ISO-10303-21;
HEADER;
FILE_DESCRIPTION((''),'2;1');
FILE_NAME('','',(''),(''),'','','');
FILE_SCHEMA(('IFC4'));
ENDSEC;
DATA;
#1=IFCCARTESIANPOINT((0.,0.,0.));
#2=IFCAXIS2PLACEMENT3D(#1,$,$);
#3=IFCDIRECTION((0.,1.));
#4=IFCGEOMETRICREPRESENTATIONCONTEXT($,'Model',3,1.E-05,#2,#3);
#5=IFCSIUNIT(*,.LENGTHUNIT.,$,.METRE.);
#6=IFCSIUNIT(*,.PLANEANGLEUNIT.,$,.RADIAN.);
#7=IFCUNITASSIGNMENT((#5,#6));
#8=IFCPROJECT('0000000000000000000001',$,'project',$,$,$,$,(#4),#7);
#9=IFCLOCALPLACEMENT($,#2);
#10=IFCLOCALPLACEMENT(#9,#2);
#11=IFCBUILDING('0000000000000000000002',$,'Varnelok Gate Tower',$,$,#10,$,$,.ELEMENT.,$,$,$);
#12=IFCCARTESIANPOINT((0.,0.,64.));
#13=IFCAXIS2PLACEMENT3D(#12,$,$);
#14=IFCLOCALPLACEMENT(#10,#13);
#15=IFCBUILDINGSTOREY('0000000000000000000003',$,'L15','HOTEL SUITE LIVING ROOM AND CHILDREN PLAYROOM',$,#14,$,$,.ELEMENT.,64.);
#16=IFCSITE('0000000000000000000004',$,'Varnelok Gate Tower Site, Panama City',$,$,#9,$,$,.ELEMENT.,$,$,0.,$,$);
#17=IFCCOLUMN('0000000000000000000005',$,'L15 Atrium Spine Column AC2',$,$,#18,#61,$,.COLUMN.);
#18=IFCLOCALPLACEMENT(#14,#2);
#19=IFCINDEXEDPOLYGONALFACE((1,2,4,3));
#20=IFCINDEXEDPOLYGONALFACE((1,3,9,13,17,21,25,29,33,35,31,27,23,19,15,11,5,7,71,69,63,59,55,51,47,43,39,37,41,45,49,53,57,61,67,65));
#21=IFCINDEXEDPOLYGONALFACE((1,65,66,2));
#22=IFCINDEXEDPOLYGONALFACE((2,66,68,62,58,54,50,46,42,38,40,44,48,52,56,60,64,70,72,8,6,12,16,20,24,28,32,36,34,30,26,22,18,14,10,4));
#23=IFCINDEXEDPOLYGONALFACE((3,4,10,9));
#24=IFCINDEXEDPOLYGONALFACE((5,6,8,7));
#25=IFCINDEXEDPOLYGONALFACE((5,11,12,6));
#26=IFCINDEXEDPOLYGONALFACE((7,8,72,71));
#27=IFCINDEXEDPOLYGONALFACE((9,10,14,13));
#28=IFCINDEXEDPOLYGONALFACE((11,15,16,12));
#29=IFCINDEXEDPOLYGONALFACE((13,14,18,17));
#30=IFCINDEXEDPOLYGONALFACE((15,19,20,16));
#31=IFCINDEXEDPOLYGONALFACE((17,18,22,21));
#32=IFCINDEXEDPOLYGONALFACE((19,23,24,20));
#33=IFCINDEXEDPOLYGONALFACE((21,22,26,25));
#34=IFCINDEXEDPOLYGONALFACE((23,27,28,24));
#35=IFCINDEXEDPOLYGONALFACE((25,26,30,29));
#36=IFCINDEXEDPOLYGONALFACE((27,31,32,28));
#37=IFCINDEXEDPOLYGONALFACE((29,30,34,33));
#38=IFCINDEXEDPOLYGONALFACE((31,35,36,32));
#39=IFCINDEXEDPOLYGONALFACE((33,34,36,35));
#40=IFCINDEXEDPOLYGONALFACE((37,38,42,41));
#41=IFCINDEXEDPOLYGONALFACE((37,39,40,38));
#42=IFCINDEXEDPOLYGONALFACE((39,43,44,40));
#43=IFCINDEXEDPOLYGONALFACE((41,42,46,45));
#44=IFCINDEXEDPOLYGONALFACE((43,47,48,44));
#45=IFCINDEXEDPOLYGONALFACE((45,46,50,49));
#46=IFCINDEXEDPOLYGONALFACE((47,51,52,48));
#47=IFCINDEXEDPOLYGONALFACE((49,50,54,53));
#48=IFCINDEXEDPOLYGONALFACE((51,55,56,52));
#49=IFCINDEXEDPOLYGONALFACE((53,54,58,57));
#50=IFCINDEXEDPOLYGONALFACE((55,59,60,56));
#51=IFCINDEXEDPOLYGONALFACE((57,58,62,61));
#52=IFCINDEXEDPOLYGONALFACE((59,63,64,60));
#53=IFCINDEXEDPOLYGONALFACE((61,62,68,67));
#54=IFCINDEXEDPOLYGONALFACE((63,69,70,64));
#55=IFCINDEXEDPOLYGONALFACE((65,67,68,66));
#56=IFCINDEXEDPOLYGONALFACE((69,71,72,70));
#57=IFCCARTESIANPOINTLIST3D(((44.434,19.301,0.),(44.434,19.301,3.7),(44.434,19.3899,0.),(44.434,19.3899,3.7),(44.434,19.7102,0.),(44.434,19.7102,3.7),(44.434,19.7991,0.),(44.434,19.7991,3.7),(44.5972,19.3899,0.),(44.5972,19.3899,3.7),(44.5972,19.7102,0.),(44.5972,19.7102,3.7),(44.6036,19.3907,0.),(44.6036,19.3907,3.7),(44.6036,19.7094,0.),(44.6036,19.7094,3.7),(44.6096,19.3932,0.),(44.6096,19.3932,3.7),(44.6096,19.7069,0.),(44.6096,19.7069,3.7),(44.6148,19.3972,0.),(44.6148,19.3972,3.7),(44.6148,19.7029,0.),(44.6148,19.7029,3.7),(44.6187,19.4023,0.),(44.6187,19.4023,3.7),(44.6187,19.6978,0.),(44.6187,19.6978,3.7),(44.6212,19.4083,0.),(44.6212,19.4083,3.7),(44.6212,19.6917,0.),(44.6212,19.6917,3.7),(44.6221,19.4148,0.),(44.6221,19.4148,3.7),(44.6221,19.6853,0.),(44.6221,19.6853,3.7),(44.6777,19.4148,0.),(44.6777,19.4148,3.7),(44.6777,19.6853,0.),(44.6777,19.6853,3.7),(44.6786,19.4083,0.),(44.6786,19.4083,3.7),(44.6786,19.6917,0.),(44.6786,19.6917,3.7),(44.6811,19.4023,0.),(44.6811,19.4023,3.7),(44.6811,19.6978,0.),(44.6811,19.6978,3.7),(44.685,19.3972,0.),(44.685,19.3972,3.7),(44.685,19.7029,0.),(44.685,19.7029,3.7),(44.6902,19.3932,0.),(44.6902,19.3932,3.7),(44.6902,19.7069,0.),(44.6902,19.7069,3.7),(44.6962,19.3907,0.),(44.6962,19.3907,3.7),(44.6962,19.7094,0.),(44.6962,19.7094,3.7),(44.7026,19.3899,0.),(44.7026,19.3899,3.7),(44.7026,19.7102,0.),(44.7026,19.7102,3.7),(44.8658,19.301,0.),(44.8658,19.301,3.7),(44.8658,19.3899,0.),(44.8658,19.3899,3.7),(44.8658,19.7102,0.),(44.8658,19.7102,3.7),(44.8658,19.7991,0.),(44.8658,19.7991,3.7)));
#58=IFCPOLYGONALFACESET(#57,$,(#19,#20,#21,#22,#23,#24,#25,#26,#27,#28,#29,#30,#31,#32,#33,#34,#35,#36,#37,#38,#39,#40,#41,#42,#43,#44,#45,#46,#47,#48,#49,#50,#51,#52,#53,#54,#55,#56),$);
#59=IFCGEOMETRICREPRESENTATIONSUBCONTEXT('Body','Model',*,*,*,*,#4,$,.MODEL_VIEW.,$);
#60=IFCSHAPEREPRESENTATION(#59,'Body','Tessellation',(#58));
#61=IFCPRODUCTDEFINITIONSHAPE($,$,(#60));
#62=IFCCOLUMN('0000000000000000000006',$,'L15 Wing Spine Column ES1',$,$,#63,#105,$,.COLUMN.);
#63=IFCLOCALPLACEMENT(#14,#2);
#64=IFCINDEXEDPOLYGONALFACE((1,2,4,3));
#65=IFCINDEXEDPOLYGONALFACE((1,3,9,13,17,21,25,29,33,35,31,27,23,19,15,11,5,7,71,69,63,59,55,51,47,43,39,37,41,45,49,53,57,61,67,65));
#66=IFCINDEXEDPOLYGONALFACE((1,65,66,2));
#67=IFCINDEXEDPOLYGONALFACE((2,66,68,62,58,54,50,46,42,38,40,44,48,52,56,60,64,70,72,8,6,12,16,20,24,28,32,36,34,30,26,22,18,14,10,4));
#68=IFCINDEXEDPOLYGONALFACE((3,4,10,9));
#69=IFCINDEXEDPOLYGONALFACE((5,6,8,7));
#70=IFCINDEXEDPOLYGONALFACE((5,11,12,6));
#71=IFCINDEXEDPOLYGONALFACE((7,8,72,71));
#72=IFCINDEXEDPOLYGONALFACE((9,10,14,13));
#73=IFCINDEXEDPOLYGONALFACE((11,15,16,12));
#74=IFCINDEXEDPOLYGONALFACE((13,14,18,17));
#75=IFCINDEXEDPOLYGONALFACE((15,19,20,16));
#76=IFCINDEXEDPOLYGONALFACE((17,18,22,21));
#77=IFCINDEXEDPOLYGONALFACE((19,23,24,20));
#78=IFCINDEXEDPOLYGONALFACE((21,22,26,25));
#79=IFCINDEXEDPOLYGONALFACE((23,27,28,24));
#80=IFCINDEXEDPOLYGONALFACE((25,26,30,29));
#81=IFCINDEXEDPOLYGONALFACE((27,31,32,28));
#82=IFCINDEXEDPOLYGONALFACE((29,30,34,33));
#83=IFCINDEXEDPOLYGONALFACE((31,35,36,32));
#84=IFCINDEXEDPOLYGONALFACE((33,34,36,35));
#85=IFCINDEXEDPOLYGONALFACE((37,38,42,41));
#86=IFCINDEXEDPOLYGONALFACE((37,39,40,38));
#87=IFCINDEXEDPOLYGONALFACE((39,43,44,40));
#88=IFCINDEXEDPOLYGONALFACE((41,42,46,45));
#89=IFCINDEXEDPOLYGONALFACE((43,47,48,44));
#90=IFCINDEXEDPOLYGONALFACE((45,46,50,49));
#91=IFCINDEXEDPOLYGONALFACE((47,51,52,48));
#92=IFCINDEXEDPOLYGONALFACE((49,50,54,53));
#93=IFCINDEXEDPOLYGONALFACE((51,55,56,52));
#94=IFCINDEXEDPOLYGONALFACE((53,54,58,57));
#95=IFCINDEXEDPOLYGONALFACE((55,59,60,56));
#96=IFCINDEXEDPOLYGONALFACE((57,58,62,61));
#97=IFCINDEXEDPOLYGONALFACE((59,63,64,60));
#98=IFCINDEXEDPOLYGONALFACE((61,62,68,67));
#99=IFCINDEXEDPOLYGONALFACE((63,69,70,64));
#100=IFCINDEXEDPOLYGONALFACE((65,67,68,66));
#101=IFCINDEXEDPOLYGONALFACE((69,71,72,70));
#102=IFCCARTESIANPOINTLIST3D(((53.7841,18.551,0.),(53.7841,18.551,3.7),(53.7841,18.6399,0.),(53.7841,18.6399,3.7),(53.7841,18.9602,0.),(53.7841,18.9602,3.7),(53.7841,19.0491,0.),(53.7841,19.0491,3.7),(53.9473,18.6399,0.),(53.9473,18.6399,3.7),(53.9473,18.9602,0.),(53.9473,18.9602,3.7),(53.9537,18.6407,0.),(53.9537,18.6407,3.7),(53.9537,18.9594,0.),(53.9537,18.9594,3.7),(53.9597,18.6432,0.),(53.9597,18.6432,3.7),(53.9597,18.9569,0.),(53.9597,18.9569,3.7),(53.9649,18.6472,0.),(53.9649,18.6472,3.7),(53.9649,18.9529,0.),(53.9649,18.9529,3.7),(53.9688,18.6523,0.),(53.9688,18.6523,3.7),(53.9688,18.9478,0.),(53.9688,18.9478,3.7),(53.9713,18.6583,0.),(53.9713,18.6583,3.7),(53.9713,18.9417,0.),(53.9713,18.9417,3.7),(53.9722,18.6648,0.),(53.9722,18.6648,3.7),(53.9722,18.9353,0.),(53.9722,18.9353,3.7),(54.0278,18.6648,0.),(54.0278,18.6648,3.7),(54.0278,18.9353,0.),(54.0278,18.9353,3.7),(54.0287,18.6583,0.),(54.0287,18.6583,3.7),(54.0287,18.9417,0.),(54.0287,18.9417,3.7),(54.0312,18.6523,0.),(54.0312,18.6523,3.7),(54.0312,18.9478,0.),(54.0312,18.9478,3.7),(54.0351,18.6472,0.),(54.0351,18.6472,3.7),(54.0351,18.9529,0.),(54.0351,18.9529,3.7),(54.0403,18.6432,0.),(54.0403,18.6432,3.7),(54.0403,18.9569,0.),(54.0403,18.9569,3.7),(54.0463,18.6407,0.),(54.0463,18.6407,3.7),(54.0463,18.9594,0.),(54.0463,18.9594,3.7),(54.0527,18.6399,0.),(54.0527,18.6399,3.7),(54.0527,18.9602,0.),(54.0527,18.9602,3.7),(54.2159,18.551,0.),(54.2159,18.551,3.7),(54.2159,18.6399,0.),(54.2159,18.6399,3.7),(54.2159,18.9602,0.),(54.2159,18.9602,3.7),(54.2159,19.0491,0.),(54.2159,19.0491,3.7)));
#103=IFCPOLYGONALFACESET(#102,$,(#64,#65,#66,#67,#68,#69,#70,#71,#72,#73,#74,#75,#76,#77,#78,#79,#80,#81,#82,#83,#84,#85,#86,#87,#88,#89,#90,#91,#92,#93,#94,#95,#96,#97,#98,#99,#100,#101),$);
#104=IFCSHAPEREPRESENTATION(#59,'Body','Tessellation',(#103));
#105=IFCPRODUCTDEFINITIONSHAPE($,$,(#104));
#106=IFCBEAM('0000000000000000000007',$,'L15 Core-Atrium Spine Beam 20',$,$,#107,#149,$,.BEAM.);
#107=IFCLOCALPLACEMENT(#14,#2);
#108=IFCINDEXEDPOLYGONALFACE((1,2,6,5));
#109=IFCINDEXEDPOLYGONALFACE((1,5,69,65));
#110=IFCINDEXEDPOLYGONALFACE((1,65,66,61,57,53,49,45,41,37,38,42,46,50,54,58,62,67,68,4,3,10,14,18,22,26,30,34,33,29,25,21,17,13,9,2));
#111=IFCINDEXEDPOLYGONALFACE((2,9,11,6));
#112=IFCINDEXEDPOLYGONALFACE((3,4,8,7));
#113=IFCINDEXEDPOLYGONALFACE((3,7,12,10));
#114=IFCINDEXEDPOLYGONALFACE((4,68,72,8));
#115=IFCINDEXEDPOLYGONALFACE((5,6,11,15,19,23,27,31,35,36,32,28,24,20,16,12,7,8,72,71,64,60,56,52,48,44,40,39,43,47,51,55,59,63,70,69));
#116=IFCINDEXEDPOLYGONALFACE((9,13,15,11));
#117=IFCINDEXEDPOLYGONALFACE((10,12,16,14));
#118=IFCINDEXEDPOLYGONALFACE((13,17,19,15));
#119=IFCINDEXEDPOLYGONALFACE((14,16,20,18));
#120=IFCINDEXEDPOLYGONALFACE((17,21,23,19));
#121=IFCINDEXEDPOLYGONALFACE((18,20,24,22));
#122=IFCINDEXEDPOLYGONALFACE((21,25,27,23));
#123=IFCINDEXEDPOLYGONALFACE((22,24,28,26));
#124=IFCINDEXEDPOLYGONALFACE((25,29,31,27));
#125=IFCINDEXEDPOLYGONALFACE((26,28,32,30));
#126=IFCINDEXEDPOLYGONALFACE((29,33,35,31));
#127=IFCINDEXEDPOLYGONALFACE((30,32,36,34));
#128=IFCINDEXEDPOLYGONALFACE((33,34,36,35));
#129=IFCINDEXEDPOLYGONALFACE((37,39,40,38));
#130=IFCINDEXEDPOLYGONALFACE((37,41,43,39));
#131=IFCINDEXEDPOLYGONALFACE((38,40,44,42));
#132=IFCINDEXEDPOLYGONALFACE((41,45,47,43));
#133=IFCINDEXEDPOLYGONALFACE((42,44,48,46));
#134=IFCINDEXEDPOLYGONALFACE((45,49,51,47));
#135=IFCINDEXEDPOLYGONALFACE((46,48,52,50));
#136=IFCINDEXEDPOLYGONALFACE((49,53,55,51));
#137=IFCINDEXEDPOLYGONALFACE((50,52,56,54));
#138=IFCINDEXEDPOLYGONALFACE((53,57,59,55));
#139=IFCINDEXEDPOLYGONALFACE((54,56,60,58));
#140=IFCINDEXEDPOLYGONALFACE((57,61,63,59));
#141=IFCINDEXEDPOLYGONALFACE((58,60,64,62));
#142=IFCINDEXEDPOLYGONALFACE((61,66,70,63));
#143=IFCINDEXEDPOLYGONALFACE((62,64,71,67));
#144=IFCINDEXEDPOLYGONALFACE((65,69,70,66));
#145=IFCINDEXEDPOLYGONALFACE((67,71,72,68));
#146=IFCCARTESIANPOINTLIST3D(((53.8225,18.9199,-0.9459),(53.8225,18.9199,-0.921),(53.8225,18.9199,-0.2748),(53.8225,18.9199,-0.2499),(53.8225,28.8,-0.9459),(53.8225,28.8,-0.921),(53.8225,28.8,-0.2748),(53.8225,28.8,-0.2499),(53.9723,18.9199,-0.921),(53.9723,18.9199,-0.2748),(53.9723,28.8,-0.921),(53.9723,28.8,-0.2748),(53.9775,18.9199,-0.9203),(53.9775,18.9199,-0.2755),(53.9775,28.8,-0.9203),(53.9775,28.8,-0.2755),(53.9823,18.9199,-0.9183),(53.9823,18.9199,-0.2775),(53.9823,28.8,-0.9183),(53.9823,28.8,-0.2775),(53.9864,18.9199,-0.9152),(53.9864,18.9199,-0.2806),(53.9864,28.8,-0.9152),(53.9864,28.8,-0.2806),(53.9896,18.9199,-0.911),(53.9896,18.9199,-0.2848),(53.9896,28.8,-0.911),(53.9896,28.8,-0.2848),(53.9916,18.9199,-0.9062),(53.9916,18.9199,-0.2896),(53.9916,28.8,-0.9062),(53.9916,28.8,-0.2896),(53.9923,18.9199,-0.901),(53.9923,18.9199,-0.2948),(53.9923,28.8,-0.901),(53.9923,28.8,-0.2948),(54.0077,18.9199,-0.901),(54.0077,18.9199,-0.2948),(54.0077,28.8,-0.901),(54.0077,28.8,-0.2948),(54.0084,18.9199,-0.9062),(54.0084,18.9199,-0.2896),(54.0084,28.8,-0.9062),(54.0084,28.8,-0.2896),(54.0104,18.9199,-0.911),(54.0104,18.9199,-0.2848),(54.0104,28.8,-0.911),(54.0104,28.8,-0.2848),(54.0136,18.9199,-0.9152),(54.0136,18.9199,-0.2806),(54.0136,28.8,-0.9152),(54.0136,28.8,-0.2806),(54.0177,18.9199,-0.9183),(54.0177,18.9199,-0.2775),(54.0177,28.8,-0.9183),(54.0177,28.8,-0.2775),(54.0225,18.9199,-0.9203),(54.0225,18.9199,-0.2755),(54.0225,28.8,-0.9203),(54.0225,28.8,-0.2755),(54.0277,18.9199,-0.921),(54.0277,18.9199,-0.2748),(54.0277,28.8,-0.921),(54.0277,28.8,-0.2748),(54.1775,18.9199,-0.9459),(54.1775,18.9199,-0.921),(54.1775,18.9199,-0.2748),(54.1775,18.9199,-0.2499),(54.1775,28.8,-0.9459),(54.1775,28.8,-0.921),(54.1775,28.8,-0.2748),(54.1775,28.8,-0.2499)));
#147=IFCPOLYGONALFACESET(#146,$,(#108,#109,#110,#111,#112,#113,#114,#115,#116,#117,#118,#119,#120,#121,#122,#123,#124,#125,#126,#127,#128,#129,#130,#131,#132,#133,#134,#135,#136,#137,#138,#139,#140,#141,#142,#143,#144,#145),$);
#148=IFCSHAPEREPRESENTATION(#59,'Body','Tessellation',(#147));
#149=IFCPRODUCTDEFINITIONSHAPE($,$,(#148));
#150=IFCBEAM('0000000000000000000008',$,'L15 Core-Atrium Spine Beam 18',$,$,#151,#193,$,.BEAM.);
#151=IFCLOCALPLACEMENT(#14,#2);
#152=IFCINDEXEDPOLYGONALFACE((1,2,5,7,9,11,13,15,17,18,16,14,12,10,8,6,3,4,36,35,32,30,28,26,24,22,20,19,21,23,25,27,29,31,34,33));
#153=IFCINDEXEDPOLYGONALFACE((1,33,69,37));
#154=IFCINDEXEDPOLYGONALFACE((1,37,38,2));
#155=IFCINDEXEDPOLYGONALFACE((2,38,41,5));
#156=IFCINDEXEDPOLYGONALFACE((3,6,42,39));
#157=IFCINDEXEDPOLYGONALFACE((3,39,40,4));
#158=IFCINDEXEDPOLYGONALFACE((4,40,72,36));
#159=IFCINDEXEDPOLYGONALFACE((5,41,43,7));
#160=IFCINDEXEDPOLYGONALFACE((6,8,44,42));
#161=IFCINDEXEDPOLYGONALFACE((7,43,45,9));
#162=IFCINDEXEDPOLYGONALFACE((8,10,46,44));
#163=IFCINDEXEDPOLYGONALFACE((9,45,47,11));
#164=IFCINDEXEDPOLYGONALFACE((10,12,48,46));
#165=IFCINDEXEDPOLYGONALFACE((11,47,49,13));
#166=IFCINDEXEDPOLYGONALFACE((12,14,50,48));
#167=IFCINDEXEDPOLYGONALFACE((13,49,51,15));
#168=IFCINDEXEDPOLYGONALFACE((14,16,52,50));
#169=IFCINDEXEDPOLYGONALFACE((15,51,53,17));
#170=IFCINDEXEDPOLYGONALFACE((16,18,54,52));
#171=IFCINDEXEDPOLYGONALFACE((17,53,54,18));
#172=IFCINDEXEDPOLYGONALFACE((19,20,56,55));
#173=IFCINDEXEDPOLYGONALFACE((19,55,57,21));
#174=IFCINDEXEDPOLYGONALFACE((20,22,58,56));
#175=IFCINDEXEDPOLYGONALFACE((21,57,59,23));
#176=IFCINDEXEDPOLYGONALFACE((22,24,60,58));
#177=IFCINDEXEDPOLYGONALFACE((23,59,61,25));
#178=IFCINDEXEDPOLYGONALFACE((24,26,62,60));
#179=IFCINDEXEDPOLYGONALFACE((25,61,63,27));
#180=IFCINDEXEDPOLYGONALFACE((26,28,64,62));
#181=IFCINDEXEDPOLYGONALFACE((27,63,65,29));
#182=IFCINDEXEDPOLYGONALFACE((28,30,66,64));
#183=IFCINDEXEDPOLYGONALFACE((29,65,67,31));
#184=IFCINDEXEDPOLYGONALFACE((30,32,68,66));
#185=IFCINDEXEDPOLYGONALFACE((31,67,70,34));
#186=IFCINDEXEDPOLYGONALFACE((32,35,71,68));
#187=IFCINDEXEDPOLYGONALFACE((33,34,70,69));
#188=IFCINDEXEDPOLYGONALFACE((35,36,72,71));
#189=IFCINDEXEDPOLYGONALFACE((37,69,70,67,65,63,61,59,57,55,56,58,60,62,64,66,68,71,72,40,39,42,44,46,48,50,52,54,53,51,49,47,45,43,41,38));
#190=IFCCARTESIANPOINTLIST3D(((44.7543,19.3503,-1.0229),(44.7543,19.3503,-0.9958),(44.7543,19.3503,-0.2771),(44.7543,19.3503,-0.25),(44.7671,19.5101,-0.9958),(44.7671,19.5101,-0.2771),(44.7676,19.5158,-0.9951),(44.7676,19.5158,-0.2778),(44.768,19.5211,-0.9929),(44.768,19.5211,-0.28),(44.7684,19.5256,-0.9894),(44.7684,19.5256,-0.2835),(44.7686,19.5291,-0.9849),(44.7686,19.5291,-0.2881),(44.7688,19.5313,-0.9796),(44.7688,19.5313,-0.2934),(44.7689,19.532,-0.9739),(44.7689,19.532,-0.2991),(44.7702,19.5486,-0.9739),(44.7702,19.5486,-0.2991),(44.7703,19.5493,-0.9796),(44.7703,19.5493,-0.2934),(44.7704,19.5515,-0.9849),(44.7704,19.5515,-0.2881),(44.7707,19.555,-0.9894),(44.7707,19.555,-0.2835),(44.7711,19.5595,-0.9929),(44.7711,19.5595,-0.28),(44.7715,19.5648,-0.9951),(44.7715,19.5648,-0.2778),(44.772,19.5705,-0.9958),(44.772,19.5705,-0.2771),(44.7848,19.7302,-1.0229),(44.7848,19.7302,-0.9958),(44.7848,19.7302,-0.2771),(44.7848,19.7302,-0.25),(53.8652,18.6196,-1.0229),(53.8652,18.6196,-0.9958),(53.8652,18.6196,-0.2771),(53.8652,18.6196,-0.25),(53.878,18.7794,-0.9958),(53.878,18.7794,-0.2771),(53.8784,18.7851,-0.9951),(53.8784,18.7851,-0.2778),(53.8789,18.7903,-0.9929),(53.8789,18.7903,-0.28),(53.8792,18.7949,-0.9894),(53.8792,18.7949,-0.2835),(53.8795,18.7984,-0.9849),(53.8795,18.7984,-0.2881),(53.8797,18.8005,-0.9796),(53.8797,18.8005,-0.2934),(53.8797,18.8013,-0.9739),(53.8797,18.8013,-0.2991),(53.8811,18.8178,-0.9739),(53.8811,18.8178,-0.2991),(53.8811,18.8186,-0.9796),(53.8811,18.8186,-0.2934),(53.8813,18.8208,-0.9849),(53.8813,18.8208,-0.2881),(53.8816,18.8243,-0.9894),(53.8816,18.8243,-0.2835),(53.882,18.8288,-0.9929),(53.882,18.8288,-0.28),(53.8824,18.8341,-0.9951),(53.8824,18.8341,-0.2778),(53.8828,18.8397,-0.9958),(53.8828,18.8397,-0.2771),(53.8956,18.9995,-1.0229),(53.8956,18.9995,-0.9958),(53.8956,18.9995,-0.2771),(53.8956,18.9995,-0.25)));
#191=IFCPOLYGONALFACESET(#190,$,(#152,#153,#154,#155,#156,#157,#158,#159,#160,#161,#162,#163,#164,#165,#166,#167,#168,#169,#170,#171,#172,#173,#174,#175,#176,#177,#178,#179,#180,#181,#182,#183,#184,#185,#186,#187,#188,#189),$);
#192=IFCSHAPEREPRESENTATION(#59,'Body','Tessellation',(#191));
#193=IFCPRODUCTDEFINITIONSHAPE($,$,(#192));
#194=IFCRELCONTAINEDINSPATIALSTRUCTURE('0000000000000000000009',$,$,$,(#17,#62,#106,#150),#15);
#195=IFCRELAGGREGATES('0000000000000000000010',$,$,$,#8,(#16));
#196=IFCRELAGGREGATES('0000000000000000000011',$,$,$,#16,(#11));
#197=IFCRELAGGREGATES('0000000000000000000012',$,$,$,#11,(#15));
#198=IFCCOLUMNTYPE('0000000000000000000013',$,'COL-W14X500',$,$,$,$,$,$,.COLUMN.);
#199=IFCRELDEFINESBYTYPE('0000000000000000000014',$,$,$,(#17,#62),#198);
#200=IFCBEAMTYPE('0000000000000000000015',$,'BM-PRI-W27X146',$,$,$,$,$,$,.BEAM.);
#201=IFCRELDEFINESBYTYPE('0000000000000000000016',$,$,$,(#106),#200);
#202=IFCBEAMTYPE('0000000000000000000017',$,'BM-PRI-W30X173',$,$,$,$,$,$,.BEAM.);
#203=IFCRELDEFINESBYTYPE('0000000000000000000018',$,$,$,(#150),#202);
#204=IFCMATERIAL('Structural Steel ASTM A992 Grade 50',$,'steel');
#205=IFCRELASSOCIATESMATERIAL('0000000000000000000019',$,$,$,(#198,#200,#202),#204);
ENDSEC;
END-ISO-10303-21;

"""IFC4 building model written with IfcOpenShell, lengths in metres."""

from ifc_helpers import new_model, si_unit, direction, frame, origin, origin_2d, place, context, subcontext, project, spatial, i_section, extrude, material, material_profile, profile_set, type_object, element, save


model = new_model("IFC4")

# Units and contexts
model_context = context("Model", 3, precision=1e-05, world=origin(), true_north=direction((0.0, 1.0)))
body_context = subcontext(model_context, "Body", "Model", "MODEL_VIEW")
ifc_project = project(units=[si_unit("LENGTHUNIT", "METRE"), si_unit("PLANEANGLEUNIT", "RADIAN")], contexts=[model_context])

# Site, building, storey
site_placement = place(None, origin())
site = spatial("IfcSite", under=ifc_project, at=site_placement, Name="Varnelok Gate Tower Site, Panama City", CompositionType="ELEMENT", RefElevation=0.0)
building_placement = place(site_placement, origin())
building = spatial("IfcBuilding", under=site, at=building_placement, Name="Varnelok Gate Tower", CompositionType="ELEMENT")
storey_placement = place(building_placement, frame((0.0, 0.0, 64.0)))
storey = spatial("IfcBuildingStorey", under=building, at=storey_placement, Name="L15", Description="HOTEL SUITE LIVING ROOM AND CHILDREN PLAYROOM", CompositionType="ELEMENT", Elevation=64.0)

# Columns
ifc_material_1 = material(Name="Structural Steel ASTM A992 Grade 50", Category="steel")
ifc_material_profile_1 = material_profile(ifc_material_1, i_section(OverallWidth=0.4319, OverallDepth=0.498, WebThickness=0.0557, FlangeThickness=0.0889, FilletRadius=0.0249, at=origin_2d()), Name="W14X500")
ifc_profile_set_1 = profile_set([ifc_material_profile_1], Name="Structural Steel ASTM A992 Grade 50")
column_type = type_object("IfcColumnType", Name="COL-W14X500", PredefinedType="COLUMN", material=ifc_profile_set_1)
for number, where, z_axis, x_axis, name in (
    (1, (44.6499, 19.55, 0.0), (0.0, 0.0, 1.0), (1.0, 0.0, 0.0), "L15 Atrium Spine Column AC2"),
    (2, (54.0, 18.8, 0.0), (0.0, 0.0, 1.0), (1.0, 0.0, 0.0), "L15 Wing Spine Column ES1"),
):
    element("IfcColumn", number, at=place(storey_placement, frame(where, z_axis=z_axis, x_axis=x_axis)), inside=storey, type_object=column_type, Name=name, PredefinedType="COLUMN", context=body_context, shape_type="SweptSolid", body=[
        extrude(i_section(OverallWidth=0.4319, OverallDepth=0.498, WebThickness=0.0557, FlangeThickness=0.0889, FilletRadius=0.0249, at=origin_2d()), origin(), (0.0, 0.0, 1.0), 3.7),
    ])

# Beams
ifc_material_profile_2 = material_profile(ifc_material_1, i_section(OverallWidth=0.355, OverallDepth=0.696, WebThickness=0.0154, FlangeThickness=0.0249, FilletRadius=0.02, at=origin_2d()), Name="W27X146")
ifc_profile_set_2 = profile_set([ifc_material_profile_2], Name="Structural Steel ASTM A992 Grade 50")
beam_type_1 = type_object("IfcBeamType", Name="BM-PRI-W27X146", PredefinedType="BEAM", material=ifc_profile_set_2)
beam_1_placement = place(storey_placement, frame((54.0, 18.9199, -0.5979), z_axis=(0.0, 1.0, 0.0), x_axis=(-1.0, 0.0, 0.0)))
element("IfcBeam", 3, at=beam_1_placement, inside=storey, type_object=beam_type_1, Name="L15 Core-Atrium Spine Beam 20", PredefinedType="BEAM", context=body_context, shape_type="SweptSolid", body=[
    extrude(i_section(OverallWidth=0.355, OverallDepth=0.696, WebThickness=0.0154, FlangeThickness=0.0249, FilletRadius=0.02, at=origin_2d()), origin(), (0.0, 0.0, 1.0), 9.8801),
])
ifc_material_profile_3 = material_profile(ifc_material_1, i_section(OverallWidth=0.3811, OverallDepth=0.7729, WebThickness=0.0166, FlangeThickness=0.0271, FilletRadius=0.022, at=origin_2d()), Name="W30X173")
ifc_profile_set_3 = profile_set([ifc_material_profile_3], Name="Structural Steel ASTM A992 Grade 50")
beam_type_2 = type_object("IfcBeamType", Name="BM-PRI-W30X173", PredefinedType="BEAM", material=ifc_profile_set_3)
beam_2_placement = place(storey_placement, frame((44.7695, 19.5403, -0.6365), z_axis=(0.996799, -0.079946, 0.0), x_axis=(0.079946, 0.996799, 0.0)))
element("IfcBeam", 4, at=beam_2_placement, inside=storey, type_object=beam_type_2, Name="L15 Core-Atrium Spine Beam 18", PredefinedType="BEAM", context=body_context, shape_type="SweptSolid", body=[
    extrude(i_section(OverallWidth=0.3811, OverallDepth=0.7729, WebThickness=0.0166, FlangeThickness=0.0271, FilletRadius=0.022, at=origin_2d()), origin(), (0.0, 0.0, 1.0), 9.1401),
])

save(model, "model.ifc")
